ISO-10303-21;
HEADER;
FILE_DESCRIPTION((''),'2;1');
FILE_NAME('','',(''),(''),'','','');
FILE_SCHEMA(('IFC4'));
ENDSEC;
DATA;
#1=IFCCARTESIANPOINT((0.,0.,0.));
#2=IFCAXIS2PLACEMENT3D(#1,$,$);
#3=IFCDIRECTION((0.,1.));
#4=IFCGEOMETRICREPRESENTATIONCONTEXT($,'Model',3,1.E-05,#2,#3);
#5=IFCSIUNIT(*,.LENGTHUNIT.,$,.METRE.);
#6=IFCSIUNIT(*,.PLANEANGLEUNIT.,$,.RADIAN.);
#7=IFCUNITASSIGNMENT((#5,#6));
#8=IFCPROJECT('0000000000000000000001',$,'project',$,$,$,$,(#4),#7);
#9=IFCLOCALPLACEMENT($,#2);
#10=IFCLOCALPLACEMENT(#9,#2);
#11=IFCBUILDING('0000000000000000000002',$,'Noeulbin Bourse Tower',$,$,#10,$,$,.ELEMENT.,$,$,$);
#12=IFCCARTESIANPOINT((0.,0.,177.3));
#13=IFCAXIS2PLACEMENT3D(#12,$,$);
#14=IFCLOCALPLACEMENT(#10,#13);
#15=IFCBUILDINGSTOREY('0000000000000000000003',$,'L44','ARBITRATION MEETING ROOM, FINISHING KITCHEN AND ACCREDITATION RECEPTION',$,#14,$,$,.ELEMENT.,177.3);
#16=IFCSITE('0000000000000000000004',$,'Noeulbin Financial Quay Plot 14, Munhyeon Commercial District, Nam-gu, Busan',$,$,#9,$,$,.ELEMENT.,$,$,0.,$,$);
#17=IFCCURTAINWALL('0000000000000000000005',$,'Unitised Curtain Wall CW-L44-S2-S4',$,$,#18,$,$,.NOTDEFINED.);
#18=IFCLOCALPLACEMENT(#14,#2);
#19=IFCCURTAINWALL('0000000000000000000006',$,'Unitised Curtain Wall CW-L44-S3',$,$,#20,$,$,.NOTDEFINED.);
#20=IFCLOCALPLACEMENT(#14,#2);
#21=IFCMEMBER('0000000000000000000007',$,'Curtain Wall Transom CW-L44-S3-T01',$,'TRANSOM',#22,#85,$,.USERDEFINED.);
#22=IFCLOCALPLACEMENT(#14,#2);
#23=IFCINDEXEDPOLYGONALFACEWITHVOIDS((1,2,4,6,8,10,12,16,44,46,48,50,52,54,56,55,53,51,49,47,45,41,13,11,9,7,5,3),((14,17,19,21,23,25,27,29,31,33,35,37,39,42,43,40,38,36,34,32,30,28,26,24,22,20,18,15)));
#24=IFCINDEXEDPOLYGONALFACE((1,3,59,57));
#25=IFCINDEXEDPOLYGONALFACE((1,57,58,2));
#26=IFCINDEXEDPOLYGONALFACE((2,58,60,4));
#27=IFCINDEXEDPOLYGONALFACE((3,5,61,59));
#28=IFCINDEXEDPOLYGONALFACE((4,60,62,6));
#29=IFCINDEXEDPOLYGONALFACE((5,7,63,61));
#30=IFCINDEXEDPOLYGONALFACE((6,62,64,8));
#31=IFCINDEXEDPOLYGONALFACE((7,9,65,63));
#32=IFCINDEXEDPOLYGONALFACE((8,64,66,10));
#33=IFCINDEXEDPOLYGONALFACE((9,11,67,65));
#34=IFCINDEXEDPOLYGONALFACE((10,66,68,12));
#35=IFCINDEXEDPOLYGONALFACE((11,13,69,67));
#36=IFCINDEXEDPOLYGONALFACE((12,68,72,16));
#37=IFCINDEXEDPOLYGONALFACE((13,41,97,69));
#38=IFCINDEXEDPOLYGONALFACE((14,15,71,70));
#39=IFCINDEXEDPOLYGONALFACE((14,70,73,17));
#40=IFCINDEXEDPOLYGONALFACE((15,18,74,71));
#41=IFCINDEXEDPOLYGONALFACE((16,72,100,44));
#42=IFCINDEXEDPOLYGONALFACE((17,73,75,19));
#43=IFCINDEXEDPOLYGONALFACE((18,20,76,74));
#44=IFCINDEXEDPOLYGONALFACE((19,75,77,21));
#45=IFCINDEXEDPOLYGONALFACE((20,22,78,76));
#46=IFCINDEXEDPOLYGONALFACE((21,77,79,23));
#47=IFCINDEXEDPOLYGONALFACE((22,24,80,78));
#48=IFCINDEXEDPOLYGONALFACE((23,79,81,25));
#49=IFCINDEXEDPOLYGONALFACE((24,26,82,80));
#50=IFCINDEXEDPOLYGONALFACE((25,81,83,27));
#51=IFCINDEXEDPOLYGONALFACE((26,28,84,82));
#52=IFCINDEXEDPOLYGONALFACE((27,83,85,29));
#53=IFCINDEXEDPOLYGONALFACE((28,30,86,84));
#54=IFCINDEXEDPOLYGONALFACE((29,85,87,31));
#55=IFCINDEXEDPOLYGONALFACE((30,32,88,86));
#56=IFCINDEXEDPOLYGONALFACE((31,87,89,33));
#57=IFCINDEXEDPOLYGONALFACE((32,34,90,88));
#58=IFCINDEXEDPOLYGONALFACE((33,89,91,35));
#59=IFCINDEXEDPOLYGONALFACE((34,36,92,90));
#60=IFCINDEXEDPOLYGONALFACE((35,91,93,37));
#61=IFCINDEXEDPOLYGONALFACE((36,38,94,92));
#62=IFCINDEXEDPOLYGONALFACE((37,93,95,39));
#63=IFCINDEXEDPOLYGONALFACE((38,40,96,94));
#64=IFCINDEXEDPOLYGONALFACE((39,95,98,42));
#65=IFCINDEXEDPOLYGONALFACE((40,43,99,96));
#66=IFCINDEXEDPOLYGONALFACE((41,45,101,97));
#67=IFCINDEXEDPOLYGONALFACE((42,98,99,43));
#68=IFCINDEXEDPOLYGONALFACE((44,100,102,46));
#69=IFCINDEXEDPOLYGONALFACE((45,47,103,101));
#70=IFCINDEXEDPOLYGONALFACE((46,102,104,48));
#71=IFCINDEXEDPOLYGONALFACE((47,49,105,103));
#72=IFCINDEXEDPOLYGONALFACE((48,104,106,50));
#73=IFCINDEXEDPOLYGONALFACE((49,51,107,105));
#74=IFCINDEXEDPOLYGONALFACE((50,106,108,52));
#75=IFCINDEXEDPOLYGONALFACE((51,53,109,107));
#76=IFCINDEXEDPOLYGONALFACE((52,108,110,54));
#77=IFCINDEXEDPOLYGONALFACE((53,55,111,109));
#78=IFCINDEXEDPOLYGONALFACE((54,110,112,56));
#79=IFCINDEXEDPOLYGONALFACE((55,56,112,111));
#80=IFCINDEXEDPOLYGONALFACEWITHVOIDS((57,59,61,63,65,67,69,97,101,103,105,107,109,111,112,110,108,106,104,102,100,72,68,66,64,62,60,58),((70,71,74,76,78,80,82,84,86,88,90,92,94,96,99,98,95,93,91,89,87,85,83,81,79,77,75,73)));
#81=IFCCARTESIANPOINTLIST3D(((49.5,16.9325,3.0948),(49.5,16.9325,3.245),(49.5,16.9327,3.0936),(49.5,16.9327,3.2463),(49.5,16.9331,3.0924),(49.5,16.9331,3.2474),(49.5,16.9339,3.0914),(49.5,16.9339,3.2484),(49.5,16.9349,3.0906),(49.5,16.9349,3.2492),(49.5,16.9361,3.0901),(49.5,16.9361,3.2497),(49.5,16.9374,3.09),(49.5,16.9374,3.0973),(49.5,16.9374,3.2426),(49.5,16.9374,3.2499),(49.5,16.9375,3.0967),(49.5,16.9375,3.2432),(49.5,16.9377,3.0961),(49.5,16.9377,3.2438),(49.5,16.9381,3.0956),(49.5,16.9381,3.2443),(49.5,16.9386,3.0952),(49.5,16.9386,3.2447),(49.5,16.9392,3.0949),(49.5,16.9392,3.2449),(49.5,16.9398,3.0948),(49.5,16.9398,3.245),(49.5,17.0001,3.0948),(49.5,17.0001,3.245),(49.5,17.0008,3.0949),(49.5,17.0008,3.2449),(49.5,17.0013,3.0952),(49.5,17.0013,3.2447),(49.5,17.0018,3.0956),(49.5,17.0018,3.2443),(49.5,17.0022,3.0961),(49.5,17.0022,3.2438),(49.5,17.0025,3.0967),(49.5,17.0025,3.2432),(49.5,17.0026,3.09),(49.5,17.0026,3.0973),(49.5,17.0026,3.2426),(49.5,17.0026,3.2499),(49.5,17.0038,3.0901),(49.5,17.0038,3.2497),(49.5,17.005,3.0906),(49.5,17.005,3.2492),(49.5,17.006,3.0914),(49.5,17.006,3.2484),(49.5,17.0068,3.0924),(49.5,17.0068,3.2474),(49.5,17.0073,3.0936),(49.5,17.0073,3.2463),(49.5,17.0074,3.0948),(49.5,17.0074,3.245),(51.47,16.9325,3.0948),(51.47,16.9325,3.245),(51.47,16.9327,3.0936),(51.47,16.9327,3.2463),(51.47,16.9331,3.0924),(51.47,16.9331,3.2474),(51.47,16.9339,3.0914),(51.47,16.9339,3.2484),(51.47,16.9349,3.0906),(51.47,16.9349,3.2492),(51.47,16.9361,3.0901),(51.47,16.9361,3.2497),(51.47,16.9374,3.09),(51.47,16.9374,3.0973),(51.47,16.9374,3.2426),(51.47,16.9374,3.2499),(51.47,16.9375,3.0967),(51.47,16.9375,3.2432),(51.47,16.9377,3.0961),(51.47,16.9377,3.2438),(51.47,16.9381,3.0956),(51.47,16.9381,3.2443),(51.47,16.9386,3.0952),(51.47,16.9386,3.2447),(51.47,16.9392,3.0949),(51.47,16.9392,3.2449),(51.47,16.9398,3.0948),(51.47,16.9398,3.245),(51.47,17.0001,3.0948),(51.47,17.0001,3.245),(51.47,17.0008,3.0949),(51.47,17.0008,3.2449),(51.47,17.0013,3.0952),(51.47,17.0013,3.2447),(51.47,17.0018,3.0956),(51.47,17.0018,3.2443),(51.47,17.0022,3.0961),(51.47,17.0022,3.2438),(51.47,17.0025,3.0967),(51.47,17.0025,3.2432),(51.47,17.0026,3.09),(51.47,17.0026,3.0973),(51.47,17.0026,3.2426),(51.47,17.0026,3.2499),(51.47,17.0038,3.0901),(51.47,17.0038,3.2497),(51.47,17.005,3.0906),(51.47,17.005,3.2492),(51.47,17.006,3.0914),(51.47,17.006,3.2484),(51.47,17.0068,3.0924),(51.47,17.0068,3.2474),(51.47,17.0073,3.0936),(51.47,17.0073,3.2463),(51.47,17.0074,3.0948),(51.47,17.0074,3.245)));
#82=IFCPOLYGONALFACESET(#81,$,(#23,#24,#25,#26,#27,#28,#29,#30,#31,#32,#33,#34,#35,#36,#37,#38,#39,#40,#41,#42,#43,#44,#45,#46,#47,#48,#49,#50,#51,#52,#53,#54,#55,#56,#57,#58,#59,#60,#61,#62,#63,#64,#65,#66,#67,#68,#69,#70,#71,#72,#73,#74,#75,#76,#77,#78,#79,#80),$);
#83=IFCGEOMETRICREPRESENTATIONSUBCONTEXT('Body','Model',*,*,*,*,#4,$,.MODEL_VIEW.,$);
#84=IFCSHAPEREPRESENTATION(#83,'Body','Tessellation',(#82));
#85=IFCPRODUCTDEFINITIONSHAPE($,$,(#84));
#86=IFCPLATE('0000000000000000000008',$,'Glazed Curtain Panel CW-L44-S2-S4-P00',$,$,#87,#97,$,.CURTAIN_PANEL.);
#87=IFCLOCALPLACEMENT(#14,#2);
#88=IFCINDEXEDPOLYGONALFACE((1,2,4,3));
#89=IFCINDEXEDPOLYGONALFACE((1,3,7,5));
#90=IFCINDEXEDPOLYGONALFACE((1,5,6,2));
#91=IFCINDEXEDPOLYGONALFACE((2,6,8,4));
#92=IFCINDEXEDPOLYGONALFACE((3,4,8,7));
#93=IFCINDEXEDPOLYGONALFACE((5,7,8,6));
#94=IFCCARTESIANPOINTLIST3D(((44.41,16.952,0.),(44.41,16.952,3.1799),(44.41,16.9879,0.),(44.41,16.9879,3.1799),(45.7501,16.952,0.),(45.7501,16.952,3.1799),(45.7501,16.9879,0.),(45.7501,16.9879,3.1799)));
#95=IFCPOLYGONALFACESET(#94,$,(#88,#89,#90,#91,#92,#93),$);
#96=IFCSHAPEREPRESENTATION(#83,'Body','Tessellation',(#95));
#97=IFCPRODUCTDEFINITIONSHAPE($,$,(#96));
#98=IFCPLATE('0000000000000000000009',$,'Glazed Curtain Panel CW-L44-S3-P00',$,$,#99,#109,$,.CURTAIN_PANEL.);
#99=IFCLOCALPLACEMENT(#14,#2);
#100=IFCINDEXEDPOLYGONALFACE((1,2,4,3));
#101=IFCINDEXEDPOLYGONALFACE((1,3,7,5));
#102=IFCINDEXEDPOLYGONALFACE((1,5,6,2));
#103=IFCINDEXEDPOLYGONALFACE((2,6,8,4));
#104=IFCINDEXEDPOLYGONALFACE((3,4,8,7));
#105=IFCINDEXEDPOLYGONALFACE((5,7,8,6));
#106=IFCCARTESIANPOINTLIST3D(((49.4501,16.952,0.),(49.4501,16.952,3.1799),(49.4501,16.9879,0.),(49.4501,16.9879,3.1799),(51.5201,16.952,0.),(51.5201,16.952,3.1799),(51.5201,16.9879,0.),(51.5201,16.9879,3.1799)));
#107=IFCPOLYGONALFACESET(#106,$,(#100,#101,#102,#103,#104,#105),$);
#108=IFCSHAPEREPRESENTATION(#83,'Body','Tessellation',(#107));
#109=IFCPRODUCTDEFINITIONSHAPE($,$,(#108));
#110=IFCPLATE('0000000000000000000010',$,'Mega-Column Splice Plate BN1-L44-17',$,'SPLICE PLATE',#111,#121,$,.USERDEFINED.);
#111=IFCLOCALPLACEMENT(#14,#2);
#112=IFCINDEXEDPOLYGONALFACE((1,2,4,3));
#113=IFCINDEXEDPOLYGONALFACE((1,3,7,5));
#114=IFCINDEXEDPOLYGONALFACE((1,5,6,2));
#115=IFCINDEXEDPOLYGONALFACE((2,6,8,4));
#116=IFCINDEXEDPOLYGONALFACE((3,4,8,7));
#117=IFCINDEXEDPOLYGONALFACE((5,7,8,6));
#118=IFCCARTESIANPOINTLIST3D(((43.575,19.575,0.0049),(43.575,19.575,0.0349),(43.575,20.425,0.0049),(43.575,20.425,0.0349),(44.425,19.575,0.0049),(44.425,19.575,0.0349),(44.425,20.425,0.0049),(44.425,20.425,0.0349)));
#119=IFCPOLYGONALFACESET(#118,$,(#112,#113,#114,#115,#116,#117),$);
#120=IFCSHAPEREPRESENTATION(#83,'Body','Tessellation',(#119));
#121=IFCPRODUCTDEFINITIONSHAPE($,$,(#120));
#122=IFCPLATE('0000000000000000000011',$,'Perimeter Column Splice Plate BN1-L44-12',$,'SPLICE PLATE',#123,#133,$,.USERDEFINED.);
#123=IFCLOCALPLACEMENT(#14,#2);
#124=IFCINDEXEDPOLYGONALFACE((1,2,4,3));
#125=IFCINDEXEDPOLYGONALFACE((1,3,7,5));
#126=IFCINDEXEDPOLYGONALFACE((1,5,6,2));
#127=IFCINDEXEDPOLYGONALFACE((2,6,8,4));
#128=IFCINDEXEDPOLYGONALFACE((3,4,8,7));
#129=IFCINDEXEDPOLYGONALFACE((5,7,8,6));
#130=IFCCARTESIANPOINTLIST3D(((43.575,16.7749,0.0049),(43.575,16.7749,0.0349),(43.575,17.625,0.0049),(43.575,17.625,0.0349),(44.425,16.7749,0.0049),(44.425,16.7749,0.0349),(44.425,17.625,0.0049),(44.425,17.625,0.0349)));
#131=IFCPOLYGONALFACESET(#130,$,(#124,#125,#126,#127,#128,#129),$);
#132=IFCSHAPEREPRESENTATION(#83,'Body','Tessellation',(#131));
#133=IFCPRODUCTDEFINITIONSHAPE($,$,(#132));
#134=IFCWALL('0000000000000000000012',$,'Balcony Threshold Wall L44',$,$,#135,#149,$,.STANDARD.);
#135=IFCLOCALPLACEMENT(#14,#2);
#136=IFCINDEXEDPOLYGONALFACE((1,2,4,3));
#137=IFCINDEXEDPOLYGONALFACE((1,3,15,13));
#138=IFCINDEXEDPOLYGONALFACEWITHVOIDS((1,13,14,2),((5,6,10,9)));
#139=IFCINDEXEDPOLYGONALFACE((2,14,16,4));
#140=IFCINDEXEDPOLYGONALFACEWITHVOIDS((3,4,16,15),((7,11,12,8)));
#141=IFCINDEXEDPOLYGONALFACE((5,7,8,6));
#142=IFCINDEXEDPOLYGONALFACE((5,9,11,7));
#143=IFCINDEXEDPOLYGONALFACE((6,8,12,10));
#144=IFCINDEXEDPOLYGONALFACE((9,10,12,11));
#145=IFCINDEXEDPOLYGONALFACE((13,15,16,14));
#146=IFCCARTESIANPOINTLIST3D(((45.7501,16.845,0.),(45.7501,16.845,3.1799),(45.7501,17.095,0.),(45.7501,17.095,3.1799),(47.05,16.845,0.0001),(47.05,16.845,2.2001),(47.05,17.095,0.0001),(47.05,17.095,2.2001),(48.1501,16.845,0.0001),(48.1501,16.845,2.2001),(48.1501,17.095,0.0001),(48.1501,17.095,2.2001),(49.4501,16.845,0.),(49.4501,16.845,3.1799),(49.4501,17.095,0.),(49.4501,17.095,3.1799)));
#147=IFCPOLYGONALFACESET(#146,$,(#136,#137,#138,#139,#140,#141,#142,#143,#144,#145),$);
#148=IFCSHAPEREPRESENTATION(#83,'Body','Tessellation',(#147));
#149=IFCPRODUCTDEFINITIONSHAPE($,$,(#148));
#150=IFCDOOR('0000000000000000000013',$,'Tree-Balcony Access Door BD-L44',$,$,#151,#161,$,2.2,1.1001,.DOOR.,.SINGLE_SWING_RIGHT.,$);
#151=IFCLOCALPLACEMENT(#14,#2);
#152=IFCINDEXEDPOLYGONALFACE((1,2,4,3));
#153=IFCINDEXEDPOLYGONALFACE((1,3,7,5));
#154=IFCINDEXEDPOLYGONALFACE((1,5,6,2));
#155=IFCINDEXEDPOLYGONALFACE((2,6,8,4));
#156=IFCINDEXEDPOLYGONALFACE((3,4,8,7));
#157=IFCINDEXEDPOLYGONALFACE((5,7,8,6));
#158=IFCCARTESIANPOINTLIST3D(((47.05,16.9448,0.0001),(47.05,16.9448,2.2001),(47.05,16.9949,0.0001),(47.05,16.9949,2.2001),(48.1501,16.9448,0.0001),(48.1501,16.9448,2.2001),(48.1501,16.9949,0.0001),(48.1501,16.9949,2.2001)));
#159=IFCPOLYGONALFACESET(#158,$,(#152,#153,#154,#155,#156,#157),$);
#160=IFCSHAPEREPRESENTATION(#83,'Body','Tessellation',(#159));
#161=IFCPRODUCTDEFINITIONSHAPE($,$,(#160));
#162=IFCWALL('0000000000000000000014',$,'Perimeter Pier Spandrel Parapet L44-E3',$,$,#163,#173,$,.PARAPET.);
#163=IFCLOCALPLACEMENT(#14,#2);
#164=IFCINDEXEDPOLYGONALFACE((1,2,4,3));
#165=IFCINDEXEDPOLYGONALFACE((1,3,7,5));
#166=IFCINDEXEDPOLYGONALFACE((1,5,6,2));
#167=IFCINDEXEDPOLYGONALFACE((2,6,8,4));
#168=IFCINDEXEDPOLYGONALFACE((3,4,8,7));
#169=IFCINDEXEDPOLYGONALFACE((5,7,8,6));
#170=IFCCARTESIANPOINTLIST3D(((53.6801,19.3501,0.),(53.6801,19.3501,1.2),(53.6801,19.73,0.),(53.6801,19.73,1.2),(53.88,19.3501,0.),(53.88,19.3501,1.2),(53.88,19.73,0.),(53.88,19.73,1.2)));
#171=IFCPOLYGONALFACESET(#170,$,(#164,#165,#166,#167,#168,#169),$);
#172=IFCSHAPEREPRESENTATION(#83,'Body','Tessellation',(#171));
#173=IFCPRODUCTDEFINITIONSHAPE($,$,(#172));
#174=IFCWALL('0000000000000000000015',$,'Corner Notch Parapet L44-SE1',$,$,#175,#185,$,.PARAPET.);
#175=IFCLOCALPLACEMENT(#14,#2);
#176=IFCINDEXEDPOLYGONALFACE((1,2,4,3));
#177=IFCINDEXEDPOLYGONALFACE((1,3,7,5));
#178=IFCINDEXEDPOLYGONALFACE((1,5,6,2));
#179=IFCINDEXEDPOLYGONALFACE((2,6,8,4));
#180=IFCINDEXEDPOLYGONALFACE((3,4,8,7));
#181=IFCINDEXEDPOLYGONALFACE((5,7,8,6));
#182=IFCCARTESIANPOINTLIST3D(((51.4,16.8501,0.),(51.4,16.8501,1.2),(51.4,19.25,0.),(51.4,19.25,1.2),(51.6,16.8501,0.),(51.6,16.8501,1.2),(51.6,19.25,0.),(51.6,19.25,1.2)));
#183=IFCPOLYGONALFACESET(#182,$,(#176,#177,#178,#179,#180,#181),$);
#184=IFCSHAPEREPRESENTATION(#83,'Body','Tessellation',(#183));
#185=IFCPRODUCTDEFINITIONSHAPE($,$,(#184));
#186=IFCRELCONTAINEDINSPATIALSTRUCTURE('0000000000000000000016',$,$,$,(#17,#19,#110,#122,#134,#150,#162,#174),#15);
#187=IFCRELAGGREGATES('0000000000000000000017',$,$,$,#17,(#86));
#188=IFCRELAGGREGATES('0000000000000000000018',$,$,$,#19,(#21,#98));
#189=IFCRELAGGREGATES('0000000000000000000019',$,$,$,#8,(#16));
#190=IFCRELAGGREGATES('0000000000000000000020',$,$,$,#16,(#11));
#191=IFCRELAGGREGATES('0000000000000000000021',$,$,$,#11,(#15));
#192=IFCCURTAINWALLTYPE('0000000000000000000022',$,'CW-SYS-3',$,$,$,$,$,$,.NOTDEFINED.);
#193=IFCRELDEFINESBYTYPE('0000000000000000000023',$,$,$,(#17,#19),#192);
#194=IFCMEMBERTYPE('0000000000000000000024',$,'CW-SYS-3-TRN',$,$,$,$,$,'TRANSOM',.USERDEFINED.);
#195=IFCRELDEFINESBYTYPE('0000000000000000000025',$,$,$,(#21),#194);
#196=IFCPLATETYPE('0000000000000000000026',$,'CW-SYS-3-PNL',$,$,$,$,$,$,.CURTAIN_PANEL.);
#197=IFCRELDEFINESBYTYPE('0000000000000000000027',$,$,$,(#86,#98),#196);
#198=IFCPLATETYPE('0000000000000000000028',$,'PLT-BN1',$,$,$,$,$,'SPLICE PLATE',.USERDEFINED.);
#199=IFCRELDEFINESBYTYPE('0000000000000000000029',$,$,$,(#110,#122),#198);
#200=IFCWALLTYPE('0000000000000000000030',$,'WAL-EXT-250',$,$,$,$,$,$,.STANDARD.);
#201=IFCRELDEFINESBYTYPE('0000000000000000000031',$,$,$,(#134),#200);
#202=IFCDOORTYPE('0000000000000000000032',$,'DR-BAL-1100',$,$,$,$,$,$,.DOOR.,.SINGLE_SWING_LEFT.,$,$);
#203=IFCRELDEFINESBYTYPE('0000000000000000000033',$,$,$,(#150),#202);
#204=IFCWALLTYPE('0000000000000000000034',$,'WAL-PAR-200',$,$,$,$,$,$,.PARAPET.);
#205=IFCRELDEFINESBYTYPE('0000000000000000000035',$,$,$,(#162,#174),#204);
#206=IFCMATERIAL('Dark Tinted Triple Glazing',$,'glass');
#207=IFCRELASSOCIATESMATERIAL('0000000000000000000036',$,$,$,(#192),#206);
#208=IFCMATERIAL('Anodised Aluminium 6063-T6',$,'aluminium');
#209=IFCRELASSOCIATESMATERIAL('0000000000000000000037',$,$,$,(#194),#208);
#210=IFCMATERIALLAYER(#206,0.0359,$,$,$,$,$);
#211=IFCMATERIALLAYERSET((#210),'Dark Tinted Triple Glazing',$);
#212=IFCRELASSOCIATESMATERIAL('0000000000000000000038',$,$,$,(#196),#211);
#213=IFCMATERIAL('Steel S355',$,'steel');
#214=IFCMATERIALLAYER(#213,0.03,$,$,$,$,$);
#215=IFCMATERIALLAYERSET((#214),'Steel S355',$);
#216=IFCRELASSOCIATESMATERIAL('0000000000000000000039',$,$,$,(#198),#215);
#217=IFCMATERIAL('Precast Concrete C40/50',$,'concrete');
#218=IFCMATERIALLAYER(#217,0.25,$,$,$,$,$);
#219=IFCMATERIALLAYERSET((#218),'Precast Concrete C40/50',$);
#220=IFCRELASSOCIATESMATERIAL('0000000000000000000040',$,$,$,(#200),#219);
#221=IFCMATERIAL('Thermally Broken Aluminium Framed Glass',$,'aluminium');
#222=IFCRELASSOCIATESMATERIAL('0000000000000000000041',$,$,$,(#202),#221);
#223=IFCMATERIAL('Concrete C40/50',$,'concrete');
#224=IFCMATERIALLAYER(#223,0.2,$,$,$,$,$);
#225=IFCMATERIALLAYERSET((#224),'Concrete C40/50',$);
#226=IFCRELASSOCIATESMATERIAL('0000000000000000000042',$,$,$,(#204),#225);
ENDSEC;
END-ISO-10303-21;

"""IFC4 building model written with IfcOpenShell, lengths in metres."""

from ifc_helpers import new_model, si_unit, direction, frame, frame_2d, origin, origin_2d, place, context, subcontext, project, spatial, rectangle, hollow_rectangle, extrude, material, layer, layer_set, material_profile, profile_set, type_object, element, fill, aggregate, save


model = new_model("IFC4")

# Units and contexts
model_context = context("Model", 3, precision=1e-05, world=origin(), true_north=direction((0.0, 1.0)))
body_context = subcontext(model_context, "Body", "Model", "MODEL_VIEW")
ifc_project = project(units=[si_unit("LENGTHUNIT", "METRE"), si_unit("PLANEANGLEUNIT", "RADIAN")], contexts=[model_context])

# Site, building, storey
site_placement = place(None, origin())
site = spatial("IfcSite", under=ifc_project, at=site_placement, Name="Noeulbin Financial Quay Plot 14, Munhyeon Commercial District, Nam-gu, Busan", CompositionType="ELEMENT", RefElevation=0.0)
building_placement = place(site_placement, origin())
building = spatial("IfcBuilding", under=site, at=building_placement, Name="Noeulbin Bourse Tower", CompositionType="ELEMENT")
storey_placement = place(building_placement, frame((0.0, 0.0, 177.3)))
storey = spatial("IfcBuildingStorey", under=building, at=storey_placement, Name="L44", Description="ARBITRATION MEETING ROOM, FINISHING KITCHEN AND ACCREDITATION RECEPTION", CompositionType="ELEMENT", Elevation=177.3)

# Shared definitions
ifc_material_1 = material(Name="Steel S355", Category="steel")

# Shared definitions
ifc_material_2 = material(Name="Dark Tinted Triple Glazing", Category="glass")
curtain_wall_type = type_object("IfcCurtainWallType", Name="CW-SYS-3", PredefinedType="NOTDEFINED", material=ifc_material_2)
ifc_material_3 = material(Name="Anodised Aluminium 6063-T6", Category="aluminium")

# Curtain walls
curtain_wall_1_placement = place(storey_placement, origin())
curtain_wall_1 = element("IfcCurtainWall", 1, at=curtain_wall_1_placement, inside=storey, type_object=curtain_wall_type, Name="Unitised Curtain Wall CW-L44-S2-S4", PredefinedType="NOTDEFINED")
curtain_wall_2_placement = place(storey_placement, origin())
curtain_wall_2 = element("IfcCurtainWall", 2, at=curtain_wall_2_placement, inside=storey, type_object=curtain_wall_type, Name="Unitised Curtain Wall CW-L44-S3", PredefinedType="NOTDEFINED")

# Member
ifc_material_profile_1 = material_profile(ifc_material_3, hollow_rectangle(XDim=0.075, YDim=0.1599, WallThickness=0.0049, InnerFilletRadius=0.0024, OuterFilletRadius=0.0049, at=origin_2d()), Name="ALU-TRAN-75x160x5", Category="LoadBearing")
ifc_profile_set_1 = profile_set([ifc_material_profile_1], Name="Anodised Aluminium 6063-T6")
member_type_1 = type_object("IfcMemberType", Name="CW-SYS-3-TRN", ElementType="TRANSOM", PredefinedType="USERDEFINED", material=ifc_profile_set_1)
member_1_placement = place(storey_placement, frame((49.5, 16.97, 3.1699), z_axis=(1.0, 0.0, 0.0), x_axis=(0.0, 1.0, 0.0)))
member_1 = element("IfcMember", 3, at=member_1_placement, type_object=member_type_1, Name="Curtain Wall Transom CW-L44-S3-T01", ObjectType="TRANSOM", PredefinedType="USERDEFINED", context=body_context, shape_type="SweptSolid", body=[
    extrude(hollow_rectangle(XDim=0.075, YDim=0.1599, WallThickness=0.0049, InnerFilletRadius=0.0024, OuterFilletRadius=0.0049, at=origin_2d()), origin(), (0.0, 0.0, 1.0), 1.97),
])

# Plates
ifc_layer_1 = layer(ifc_material_2, 0.0359)
ifc_layer_set_1 = layer_set([ifc_layer_1], Name="Dark Tinted Triple Glazing")
plate_type_1 = type_object("IfcPlateType", Name="CW-SYS-3-PNL", PredefinedType="CURTAIN_PANEL", material=ifc_layer_set_1)
plate_1_placement = place(storey_placement, frame((45.0801, 16.97, 0.0), z_axis=(0.0, 0.0, 1.0), x_axis=(1.0, 0.0, 0.0)))
plate_1 = element("IfcPlate", 4, at=plate_1_placement, type_object=plate_type_1, Name="Glazed Curtain Panel CW-L44-S2-S4-P00", PredefinedType="CURTAIN_PANEL", context=body_context, shape_type="SweptSolid", body=[
    extrude(rectangle(XDim=1.3401, YDim=0.0359, at=origin_2d()), origin(), (0.0, 0.0, 1.0), 3.1799),
])
aggregate(curtain_wall_1, [plate_1])
plate_2_placement = place(storey_placement, frame((50.4851, 16.97, 0.0), z_axis=(0.0, 0.0, 1.0), x_axis=(1.0, 0.0, 0.0)))
plate_2 = element("IfcPlate", 5, at=plate_2_placement, type_object=plate_type_1, Name="Glazed Curtain Panel CW-L44-S3-P00", PredefinedType="CURTAIN_PANEL", context=body_context, shape_type="SweptSolid", body=[
    extrude(rectangle(XDim=2.0701, YDim=0.0359, at=origin_2d()), origin(), (0.0, 0.0, 1.0), 3.1799),
])
aggregate(curtain_wall_2, [member_1, plate_2])

# Plates
ifc_layer_2 = layer(ifc_material_1, 0.03)
ifc_layer_set_2 = layer_set([ifc_layer_2], Name="Steel S355")
plate_type_2 = type_object("IfcPlateType", Name="PLT-BN1", ElementType="SPLICE PLATE", PredefinedType="USERDEFINED", material=ifc_layer_set_2)
for number, where, z_axis, x_axis, name in (
    (6, (44.0, 20.0, 0.0049), (0.0, 0.0, 1.0), (1.0, 0.0, 0.0), "Mega-Column Splice Plate BN1-L44-17"),
    (7, (44.0, 17.2, 0.0049), (0.0, 0.0, 1.0), (1.0, 0.0, 0.0), "Perimeter Column Splice Plate BN1-L44-12"),
):
    element("IfcPlate", number, at=place(storey_placement, frame(where, z_axis=z_axis, x_axis=x_axis)), inside=storey, type_object=plate_type_2, Name=name, ObjectType="SPLICE PLATE", PredefinedType="USERDEFINED", context=body_context, shape_type="SweptSolid", body=[
        extrude(rectangle(XDim=0.8501, YDim=0.8501, at=origin_2d()), origin(), (0.0, 0.0, 1.0), 0.03),
    ])

# Wall, opening, door
ifc_material_4 = material(Name="Precast Concrete C40/50", Category="concrete")
ifc_layer_3 = layer(ifc_material_4, 0.25)
ifc_layer_set_3 = layer_set([ifc_layer_3], Name="Precast Concrete C40/50")
wall_type_1 = type_object("IfcWallType", Name="WAL-EXT-250", PredefinedType="STANDARD", material=ifc_layer_set_3)
wall_1_placement = place(storey_placement, frame((45.75, 16.97, 0.0), z_axis=(0.0, 0.0, 1.0), x_axis=(1.0, 0.0, 0.0)))
wall_1 = element("IfcWall", 8, at=wall_1_placement, inside=storey, type_object=wall_type_1, Name="Balcony Threshold Wall L44", PredefinedType="STANDARD", context=body_context, shape_type="SweptSolid", body=[
    extrude(rectangle(XDim=3.7, YDim=0.25, at=frame_2d((1.8501, 0.0))), origin(), (0.0, 0.0, 1.0), 3.1799),
])
opening_placement = place(wall_1_placement, frame((1.3, 0.0, 0.0)))
opening = element("IfcOpeningElement", 9, at=opening_placement, cuts=wall_1, PredefinedType="OPENING", context=body_context, shape_type="SweptSolid", body=[
    extrude(rectangle(XDim=1.1001, YDim=2.2, at=frame_2d((0.55, 1.1001))), frame((0.0, 0.135, 0.0), z_axis=(0.0, -1.0, 0.0), x_axis=(1.0, 0.0, 0.0)), (0.0, 0.0, 1.0), 0.27),
])
ifc_material_5 = material(Name="Thermally Broken Aluminium Framed Glass", Category="aluminium")
door_type = type_object("IfcDoorType", Name="DR-BAL-1100", OperationType="SINGLE_SWING_LEFT", PredefinedType="DOOR", material=ifc_material_5)
door_placement = place(opening_placement, origin())
door = element("IfcDoor", 10, at=door_placement, inside=storey, type_object=door_type, Name="Tree-Balcony Access Door BD-L44", OperationType="SINGLE_SWING_RIGHT", OverallHeight=2.2, OverallWidth=1.1001, PredefinedType="DOOR", context=body_context, shape_type="SweptSolid", body=[
    extrude(rectangle(XDim=1.1001, YDim=2.2, at=frame_2d((0.55, 1.1001))), frame((0.0, 0.0249, 0.0), z_axis=(0.0, -1.0, 0.0), x_axis=(1.0, 0.0, 0.0)), (0.0, 0.0, 1.0), 0.05),
])
fill(opening, door)

# Walls
ifc_material_6 = material(Name="Concrete C40/50", Category="concrete")
ifc_layer_4 = layer(ifc_material_6, 0.2)
ifc_layer_set_4 = layer_set([ifc_layer_4], Name="Concrete C40/50")
wall_type_2 = type_object("IfcWallType", Name="WAL-PAR-200", PredefinedType="PARAPET", material=ifc_layer_set_4)
wall_2_placement = place(storey_placement, frame((53.78, 19.3501, 0.0), z_axis=(0.0, 0.0, 1.0), x_axis=(0.0, 1.0, 0.0)))
element("IfcWall", 11, at=wall_2_placement, inside=storey, type_object=wall_type_2, Name="Perimeter Pier Spandrel Parapet L44-E3", PredefinedType="PARAPET", context=body_context, shape_type="SweptSolid", body=[
    extrude(rectangle(XDim=0.3799, YDim=0.2, at=frame_2d((0.1899, 0.0))), origin(), (0.0, 0.0, 1.0), 1.2),
])
for number, where, z_axis, x_axis, name in (
    (12, (51.5, 16.8501, 0.0), (0.0, 0.0, 1.0), (0.0, 1.0, 0.0), "Corner Notch Parapet L44-SE1"),
):
    element("IfcWall", number, at=place(storey_placement, frame(where, z_axis=z_axis, x_axis=x_axis)), inside=storey, type_object=wall_type_2, Name=name, PredefinedType="PARAPET", context=body_context, shape_type="SweptSolid", body=[
        extrude(rectangle(XDim=2.3999, YDim=0.2, at=frame_2d((1.2, 0.0))), origin(), (0.0, 0.0, 1.0), 1.2),
    ])

save(model, "model.ifc")
